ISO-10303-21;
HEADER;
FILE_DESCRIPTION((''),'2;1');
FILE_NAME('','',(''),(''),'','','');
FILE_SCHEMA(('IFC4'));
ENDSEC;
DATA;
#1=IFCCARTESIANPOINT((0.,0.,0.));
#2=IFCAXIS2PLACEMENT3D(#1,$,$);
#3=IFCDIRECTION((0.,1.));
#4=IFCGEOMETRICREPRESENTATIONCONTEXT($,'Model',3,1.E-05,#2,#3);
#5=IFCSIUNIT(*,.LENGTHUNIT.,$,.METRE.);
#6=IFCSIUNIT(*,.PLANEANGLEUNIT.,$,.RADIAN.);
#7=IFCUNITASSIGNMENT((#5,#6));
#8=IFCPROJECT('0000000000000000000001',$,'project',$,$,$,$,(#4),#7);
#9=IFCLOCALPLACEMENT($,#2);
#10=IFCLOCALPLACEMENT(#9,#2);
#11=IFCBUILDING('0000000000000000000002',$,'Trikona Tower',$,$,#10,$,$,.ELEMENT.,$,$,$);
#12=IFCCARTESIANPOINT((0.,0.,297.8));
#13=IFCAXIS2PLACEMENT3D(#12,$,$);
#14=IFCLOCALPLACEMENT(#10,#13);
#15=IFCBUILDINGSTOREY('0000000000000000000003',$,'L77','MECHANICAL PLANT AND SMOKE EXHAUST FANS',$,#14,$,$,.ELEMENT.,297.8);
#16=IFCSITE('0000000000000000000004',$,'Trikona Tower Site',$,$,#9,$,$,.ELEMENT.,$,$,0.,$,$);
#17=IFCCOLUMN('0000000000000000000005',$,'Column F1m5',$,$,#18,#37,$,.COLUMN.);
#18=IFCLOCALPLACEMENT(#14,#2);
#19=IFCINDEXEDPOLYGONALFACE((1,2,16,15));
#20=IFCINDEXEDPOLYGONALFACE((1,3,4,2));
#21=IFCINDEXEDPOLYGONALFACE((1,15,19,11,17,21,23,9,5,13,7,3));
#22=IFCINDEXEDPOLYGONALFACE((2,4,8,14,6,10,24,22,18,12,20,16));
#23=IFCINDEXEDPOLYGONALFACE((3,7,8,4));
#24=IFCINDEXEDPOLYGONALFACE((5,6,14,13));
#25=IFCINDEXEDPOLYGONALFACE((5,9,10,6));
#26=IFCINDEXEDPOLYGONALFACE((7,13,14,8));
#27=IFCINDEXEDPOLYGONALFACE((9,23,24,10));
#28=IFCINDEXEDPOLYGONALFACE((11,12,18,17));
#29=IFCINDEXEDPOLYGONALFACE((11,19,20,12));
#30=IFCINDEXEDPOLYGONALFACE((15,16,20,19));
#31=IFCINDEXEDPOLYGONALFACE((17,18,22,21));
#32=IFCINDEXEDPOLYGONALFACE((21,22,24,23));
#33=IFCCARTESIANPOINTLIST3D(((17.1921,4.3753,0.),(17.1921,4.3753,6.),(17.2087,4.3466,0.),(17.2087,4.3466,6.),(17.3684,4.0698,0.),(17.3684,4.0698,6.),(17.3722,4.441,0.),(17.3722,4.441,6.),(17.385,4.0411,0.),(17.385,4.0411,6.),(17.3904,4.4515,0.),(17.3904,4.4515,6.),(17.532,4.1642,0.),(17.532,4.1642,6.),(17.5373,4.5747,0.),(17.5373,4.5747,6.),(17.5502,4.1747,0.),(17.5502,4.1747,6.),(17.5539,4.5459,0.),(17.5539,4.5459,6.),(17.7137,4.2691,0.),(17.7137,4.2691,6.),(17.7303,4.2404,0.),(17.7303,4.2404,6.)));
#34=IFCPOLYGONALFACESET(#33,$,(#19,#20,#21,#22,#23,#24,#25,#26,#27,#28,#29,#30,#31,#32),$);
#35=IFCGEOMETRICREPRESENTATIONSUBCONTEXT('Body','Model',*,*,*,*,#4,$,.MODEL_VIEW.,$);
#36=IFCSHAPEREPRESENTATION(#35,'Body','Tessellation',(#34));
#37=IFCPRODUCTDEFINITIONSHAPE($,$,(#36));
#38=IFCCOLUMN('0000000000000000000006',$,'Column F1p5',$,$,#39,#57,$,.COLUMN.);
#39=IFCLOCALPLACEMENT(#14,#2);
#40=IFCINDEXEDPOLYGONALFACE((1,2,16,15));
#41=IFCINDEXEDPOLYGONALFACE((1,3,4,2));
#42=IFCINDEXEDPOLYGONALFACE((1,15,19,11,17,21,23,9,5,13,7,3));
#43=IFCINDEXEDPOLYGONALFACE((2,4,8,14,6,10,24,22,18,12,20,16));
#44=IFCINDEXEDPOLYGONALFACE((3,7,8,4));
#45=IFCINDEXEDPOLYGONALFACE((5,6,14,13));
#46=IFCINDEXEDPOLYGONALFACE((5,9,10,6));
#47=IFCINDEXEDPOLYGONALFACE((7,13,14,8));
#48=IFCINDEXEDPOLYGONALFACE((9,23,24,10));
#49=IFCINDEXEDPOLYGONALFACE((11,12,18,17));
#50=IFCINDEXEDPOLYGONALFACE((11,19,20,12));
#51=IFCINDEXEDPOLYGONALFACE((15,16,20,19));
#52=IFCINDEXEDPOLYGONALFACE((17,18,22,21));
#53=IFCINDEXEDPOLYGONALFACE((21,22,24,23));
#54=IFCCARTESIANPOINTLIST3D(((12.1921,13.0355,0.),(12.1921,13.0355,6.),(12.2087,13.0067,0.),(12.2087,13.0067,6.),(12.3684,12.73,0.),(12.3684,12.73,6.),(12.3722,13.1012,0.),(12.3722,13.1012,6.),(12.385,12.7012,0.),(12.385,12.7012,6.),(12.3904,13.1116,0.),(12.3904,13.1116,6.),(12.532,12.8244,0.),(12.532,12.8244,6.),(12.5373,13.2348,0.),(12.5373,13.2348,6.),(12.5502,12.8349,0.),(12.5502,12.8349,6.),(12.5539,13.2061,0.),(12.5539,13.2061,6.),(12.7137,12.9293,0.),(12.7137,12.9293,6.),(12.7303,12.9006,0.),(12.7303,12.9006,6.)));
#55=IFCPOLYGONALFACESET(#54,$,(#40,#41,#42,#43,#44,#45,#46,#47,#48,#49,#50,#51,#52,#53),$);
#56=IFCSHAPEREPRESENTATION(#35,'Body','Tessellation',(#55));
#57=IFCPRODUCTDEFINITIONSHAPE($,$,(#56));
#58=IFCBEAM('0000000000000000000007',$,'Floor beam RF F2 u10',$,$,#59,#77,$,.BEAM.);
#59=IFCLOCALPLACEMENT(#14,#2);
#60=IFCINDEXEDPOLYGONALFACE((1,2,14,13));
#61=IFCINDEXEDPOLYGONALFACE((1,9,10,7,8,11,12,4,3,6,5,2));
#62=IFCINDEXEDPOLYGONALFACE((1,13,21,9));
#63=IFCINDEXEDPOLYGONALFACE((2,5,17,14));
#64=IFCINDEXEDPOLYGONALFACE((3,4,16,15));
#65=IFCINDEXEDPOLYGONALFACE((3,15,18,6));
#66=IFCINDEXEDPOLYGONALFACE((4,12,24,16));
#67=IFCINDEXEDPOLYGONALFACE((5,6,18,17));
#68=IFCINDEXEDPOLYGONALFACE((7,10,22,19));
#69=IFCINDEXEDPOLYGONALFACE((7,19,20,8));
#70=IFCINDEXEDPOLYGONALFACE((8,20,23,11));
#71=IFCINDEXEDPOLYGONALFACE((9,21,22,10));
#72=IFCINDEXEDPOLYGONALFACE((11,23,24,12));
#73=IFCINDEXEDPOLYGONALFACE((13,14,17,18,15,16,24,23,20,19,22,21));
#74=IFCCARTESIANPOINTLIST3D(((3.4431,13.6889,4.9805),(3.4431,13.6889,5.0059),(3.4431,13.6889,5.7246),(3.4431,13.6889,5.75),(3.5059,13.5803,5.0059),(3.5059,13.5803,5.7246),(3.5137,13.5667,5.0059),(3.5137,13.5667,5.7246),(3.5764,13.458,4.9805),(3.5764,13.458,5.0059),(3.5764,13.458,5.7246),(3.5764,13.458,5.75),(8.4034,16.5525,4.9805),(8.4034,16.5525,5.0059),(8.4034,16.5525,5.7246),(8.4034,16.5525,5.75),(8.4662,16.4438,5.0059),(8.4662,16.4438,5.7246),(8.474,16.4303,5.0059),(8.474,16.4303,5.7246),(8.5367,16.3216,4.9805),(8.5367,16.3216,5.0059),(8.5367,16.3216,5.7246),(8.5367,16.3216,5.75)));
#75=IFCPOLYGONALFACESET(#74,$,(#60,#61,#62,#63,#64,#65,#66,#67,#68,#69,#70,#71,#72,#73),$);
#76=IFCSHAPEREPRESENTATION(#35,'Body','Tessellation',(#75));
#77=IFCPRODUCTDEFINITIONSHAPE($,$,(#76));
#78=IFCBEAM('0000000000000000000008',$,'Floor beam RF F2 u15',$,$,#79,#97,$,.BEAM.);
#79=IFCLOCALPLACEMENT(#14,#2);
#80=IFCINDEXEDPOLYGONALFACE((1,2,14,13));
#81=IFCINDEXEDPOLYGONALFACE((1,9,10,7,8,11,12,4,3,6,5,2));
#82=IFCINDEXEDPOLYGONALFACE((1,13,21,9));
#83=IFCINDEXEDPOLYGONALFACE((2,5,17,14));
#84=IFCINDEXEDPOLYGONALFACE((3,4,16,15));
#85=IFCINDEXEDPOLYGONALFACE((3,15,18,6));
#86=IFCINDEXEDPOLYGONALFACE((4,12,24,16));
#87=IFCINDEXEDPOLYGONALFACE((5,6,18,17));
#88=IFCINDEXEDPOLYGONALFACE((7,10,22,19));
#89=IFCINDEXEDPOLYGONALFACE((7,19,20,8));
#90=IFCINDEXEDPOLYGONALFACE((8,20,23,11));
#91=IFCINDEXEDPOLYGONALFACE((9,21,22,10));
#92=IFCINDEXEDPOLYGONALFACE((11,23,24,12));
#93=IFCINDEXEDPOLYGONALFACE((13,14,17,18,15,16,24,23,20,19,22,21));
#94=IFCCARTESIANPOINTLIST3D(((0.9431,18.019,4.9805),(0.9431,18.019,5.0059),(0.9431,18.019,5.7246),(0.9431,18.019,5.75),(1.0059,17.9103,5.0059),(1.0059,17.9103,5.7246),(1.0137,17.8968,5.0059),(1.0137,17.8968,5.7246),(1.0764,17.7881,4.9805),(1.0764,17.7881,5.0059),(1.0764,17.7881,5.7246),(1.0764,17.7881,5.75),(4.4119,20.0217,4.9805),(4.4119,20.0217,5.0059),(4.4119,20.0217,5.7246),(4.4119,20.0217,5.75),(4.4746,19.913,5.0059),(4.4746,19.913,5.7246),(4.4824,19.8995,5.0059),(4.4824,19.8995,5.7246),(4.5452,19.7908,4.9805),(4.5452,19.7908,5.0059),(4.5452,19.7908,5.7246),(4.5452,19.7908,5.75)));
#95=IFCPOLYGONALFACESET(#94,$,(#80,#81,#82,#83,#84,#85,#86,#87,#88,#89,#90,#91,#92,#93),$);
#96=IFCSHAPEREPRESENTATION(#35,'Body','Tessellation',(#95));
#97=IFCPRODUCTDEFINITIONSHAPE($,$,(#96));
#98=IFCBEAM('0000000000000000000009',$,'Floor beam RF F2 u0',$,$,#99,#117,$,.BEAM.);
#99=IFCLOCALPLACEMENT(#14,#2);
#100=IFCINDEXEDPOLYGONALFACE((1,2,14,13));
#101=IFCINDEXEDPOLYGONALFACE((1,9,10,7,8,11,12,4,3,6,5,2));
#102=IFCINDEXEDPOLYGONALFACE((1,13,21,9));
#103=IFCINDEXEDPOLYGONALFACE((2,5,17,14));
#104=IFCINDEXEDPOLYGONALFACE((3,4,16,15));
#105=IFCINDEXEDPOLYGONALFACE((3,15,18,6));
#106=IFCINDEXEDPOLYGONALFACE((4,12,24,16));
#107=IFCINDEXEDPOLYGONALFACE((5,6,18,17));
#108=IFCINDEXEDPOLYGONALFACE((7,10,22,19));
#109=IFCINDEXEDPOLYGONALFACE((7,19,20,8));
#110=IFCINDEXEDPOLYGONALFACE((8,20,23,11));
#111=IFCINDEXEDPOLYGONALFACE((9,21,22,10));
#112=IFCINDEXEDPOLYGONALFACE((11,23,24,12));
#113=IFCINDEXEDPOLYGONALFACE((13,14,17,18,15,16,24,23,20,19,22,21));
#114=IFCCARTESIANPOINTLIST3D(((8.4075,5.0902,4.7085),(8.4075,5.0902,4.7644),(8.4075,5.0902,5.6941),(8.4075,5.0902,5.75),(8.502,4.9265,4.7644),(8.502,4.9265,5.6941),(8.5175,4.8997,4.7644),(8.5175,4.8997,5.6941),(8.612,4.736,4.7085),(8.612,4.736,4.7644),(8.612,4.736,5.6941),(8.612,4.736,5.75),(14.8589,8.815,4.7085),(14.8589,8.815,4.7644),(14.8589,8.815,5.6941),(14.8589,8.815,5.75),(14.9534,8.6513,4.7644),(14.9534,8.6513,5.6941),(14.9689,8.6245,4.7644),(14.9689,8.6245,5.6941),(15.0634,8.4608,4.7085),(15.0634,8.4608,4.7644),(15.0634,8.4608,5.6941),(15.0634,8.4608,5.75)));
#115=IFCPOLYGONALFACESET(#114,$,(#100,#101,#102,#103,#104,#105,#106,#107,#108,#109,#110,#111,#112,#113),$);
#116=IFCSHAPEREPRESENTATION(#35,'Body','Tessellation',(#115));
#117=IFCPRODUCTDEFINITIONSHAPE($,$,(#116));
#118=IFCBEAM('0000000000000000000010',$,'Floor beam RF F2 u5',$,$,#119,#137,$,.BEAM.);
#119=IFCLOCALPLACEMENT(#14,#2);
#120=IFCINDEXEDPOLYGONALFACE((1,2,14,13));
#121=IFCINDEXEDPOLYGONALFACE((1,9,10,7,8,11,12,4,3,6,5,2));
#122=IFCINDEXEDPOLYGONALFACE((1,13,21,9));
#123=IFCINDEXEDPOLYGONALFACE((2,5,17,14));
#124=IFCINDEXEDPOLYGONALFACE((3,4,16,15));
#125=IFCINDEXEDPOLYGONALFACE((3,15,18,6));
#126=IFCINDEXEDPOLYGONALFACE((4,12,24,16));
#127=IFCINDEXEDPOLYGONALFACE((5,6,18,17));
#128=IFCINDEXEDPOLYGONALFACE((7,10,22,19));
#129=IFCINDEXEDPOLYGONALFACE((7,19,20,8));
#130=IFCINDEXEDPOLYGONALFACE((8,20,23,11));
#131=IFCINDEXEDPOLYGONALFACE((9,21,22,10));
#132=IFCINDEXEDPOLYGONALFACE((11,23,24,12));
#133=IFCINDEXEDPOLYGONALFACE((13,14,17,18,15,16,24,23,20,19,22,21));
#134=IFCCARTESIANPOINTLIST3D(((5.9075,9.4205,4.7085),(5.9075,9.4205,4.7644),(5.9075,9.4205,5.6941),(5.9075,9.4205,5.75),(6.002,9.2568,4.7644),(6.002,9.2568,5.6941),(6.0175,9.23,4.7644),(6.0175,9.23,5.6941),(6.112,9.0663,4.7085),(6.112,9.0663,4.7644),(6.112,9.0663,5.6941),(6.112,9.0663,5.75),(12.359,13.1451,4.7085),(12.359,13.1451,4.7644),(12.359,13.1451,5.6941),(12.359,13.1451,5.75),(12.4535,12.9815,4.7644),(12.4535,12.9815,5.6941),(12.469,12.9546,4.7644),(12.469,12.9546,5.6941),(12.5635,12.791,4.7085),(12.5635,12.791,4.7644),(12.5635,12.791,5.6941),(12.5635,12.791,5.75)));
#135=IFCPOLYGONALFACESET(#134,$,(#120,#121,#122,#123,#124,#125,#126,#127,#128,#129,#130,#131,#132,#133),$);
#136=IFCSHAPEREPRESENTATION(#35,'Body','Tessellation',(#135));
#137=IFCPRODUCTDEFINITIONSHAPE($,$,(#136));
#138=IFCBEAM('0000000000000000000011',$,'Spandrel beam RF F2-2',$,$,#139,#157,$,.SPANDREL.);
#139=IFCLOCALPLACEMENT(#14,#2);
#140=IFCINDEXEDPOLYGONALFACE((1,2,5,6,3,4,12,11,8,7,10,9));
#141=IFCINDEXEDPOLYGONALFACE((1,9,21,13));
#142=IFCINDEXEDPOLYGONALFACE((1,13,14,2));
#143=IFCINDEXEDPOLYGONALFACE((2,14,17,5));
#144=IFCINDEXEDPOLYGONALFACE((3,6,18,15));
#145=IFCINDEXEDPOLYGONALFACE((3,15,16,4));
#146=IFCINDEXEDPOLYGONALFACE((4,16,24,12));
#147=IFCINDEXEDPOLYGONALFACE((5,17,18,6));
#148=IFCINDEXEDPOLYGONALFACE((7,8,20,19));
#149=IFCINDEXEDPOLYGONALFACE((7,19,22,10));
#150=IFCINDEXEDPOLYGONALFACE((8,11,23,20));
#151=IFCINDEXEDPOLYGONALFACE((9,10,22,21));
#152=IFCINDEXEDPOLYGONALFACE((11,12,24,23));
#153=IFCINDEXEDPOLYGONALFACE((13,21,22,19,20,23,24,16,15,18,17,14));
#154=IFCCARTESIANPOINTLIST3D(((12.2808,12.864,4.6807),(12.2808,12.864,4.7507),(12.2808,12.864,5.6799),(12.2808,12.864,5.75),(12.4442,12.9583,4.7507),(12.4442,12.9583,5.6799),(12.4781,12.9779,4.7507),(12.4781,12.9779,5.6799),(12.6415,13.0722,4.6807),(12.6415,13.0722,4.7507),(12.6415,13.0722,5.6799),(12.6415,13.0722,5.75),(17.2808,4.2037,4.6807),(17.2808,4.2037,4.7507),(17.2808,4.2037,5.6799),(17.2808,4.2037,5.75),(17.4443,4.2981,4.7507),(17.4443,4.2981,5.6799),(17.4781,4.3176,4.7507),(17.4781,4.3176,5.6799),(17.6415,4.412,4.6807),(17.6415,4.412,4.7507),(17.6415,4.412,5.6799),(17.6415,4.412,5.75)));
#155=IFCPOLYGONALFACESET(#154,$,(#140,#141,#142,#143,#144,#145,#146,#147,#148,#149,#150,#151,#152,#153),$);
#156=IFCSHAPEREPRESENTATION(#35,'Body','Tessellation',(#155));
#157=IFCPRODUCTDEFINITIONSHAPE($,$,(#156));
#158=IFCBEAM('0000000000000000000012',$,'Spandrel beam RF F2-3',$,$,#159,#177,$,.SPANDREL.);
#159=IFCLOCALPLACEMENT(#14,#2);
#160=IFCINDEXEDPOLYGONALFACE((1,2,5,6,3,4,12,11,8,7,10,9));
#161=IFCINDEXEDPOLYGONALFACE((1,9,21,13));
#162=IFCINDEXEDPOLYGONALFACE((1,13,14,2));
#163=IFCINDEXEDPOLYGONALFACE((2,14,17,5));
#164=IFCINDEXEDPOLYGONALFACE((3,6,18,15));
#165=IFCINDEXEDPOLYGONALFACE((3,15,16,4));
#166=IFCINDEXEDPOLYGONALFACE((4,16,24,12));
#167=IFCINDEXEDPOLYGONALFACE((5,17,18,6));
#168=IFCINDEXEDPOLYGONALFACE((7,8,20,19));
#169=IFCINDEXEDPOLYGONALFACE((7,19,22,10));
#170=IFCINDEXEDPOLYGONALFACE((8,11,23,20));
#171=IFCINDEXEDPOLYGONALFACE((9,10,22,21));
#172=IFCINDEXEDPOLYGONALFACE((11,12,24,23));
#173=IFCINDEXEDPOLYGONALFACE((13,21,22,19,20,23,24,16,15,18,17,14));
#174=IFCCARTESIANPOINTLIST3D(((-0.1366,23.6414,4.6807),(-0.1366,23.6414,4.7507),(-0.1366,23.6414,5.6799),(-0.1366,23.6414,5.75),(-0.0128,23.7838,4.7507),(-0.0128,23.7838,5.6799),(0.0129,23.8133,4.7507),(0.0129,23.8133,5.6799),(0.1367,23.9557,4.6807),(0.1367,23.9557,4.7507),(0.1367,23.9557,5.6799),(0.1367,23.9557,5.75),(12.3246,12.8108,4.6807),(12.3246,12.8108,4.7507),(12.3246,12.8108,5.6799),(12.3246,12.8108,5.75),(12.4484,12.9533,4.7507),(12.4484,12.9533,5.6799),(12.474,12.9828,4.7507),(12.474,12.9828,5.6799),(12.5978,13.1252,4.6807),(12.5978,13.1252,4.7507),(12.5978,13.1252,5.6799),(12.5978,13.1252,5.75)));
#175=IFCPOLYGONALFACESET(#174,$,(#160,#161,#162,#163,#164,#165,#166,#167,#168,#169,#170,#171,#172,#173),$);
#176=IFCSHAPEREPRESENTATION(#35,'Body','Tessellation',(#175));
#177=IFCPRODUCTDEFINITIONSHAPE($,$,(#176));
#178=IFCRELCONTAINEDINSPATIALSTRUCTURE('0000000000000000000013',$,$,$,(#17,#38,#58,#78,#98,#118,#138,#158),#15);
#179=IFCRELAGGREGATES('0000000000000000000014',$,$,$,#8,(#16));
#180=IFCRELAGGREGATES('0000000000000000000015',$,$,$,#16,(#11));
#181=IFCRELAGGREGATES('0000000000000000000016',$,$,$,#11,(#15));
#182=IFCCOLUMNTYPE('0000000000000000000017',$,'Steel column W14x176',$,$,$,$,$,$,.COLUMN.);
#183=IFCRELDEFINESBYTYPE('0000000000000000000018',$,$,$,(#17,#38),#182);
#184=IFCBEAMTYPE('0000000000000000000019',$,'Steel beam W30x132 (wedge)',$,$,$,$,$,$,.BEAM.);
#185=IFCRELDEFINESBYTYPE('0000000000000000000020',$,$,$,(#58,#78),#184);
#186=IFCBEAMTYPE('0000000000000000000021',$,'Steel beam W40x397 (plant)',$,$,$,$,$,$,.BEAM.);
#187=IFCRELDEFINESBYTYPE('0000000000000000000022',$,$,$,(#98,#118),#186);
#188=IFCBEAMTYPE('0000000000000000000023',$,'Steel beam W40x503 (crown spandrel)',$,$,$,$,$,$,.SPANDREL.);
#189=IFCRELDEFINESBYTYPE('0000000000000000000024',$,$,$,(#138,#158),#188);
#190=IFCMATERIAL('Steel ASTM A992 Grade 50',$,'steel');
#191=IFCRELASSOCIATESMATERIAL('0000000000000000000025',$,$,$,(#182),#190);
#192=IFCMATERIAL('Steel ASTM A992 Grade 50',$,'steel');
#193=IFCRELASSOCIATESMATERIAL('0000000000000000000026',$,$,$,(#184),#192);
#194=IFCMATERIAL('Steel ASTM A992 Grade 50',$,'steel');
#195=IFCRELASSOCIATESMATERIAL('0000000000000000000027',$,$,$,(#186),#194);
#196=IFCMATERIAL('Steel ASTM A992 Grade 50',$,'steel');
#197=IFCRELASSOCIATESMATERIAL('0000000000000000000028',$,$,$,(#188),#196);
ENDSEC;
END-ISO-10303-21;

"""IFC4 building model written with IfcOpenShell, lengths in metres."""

from ifc_helpers import new_model, si_unit, direction, frame, origin, origin_2d, place, context, subcontext, project, spatial, i_section, extrude, material, material_profile, profile_set, type_object, element, save


model = new_model("IFC4")

# Units and contexts
model_context = context("Model", 3, precision=1e-05, world=origin(), true_north=direction((0.0, 1.0)))
body_context = subcontext(model_context, "Body", "Model", "MODEL_VIEW")
ifc_project = project(units=[si_unit("LENGTHUNIT", "METRE"), si_unit("PLANEANGLEUNIT", "RADIAN")], contexts=[model_context])

# Site, building, storey
site_placement = place(None, origin())
site = spatial("IfcSite", under=ifc_project, at=site_placement, Name="Trikona Tower Site", CompositionType="ELEMENT", RefElevation=0.0)
building_placement = place(site_placement, origin())
building = spatial("IfcBuilding", under=site, at=building_placement, Name="Trikona Tower", CompositionType="ELEMENT")
storey_placement = place(building_placement, frame((0.0, 0.0, 297.8)))
storey = spatial("IfcBuildingStorey", under=building, at=storey_placement, Name="L77", Description="MECHANICAL PLANT AND SMOKE EXHAUST FANS", CompositionType="ELEMENT", Elevation=297.8)

# Columns
ifc_material_1 = material(Name="Steel ASTM A992 Grade 50", Category="steel")
ifc_material_profile_1 = material_profile(ifc_material_1, i_section(OverallWidth=0.3987, OverallDepth=0.386, WebThickness=0.021, FlangeThickness=0.0332, at=origin_2d()), Name="W14X176")
ifc_profile_set_1 = profile_set([ifc_material_profile_1], Name="Steel ASTM A992 Grade 50")
column_type = type_object("IfcColumnType", Name="Steel column W14x176", PredefinedType="COLUMN", material=ifc_profile_set_1)
for number, where, z_axis, x_axis, name in (
    (1, (17.4612, 4.3079, 0.0), (0.0, 0.0, 1.0), (0.866025, 0.5, 0.0), "Column F1m5"),
    (2, (12.4612, 12.968, 0.0), (0.0, 0.0, 1.0), (0.866025, 0.5, 0.0), "Column F1p5"),
):
    element("IfcColumn", number, at=place(storey_placement, frame(where, z_axis=z_axis, x_axis=x_axis)), inside=storey, type_object=column_type, Name=name, PredefinedType="COLUMN", context=body_context, shape_type="SweptSolid", body=[
        extrude(i_section(OverallWidth=0.3987, OverallDepth=0.386, WebThickness=0.021, FlangeThickness=0.0332, at=origin_2d()), origin(), (0.0, 0.0, 1.0), 6.0),
    ])

# Beams
ifc_material_2 = material(Name="Steel ASTM A992 Grade 50", Category="steel")
ifc_material_profile_2 = material_profile(ifc_material_2, i_section(OverallWidth=0.2666, OverallDepth=0.7695, WebThickness=0.0156, FlangeThickness=0.0254, at=origin_2d()), Name="W30X132")
ifc_profile_set_2 = profile_set([ifc_material_profile_2], Name="Steel ASTM A992 Grade 50")
beam_type_1 = type_object("IfcBeamType", Name="Steel beam W30x132 (wedge)", PredefinedType="BEAM", material=ifc_profile_set_2)
beam_1_placement = place(storey_placement, frame((3.5098, 13.5735, 5.3652), z_axis=(0.866044, 0.499967, 0.0), x_axis=(-0.499967, 0.866044, 0.0)))
element("IfcBeam", 3, at=beam_1_placement, inside=storey, type_object=beam_type_1, Name="Floor beam RF F2 u10", PredefinedType="BEAM", context=body_context, shape_type="SweptSolid", body=[
    extrude(i_section(OverallWidth=0.2666, OverallDepth=0.7695, WebThickness=0.0156, FlangeThickness=0.0254, at=origin_2d()), origin(), (0.0, 0.0, 1.0), 5.7275),
])
beam_2_placement = place(storey_placement, frame((1.0098, 17.9036, 5.3652), z_axis=(0.866025, 0.5, 0.0), x_axis=(-0.5, 0.866025, 0.0)))
element("IfcBeam", 4, at=beam_2_placement, inside=storey, type_object=beam_type_1, Name="Floor beam RF F2 u15", PredefinedType="BEAM", context=body_context, shape_type="SweptSolid", body=[
    extrude(i_section(OverallWidth=0.2666, OverallDepth=0.7695, WebThickness=0.0156, FlangeThickness=0.0254, at=origin_2d()), origin(), (0.0, 0.0, 1.0), 4.0054),
])
ifc_material_3 = material(Name="Steel ASTM A992 Grade 50", Category="steel")
ifc_material_profile_3 = material_profile(ifc_material_3, i_section(OverallWidth=0.4089, OverallDepth=1.0415, WebThickness=0.031, FlangeThickness=0.0559, at=origin_2d()), Name="W40X397")
ifc_profile_set_3 = profile_set([ifc_material_profile_3], Name="Steel ASTM A992 Grade 50")
beam_type_2 = type_object("IfcBeamType", Name="Steel beam W40x397 (plant)", PredefinedType="BEAM", material=ifc_profile_set_3)
for number, where, z_axis, x_axis, name in (
    (5, (8.5098, 4.9131, 5.2292), (0.866018, 0.500013, 0.0), (-0.500013, 0.866018, 0.0), "Floor beam RF F2 u0"),
    (6, (6.0098, 9.2434, 5.2292), (0.866032, 0.499988, 0.0), (-0.499988, 0.866032, 0.0), "Floor beam RF F2 u5"),
):
    element("IfcBeam", number, at=place(storey_placement, frame(where, z_axis=z_axis, x_axis=x_axis)), inside=storey, type_object=beam_type_2, Name=name, PredefinedType="BEAM", context=body_context, shape_type="SweptSolid", body=[
        extrude(i_section(OverallWidth=0.4089, OverallDepth=1.0415, WebThickness=0.031, FlangeThickness=0.0559, at=origin_2d()), origin(), (0.0, 0.0, 1.0), 7.4495),
    ])
ifc_material_4 = material(Name="Steel ASTM A992 Grade 50", Category="steel")
ifc_material_profile_4 = material_profile(ifc_material_4, i_section(OverallWidth=0.4165, OverallDepth=1.0693, WebThickness=0.0391, FlangeThickness=0.0701, at=origin_2d()), Name="W40X503")
ifc_profile_set_4 = profile_set([ifc_material_profile_4], Name="Steel ASTM A992 Grade 50")
beam_type_3 = type_object("IfcBeamType", Name="Steel beam W40x503 (crown spandrel)", PredefinedType="SPANDREL", material=ifc_profile_set_4)
beam_3_placement = place(storey_placement, frame((17.4612, 4.3079, 5.2153), z_axis=(-0.500004, 0.866023, 0.0), x_axis=(-0.866023, -0.500004, 0.0)))
element("IfcBeam", 7, at=beam_3_placement, inside=storey, type_object=beam_type_3, Name="Spandrel beam RF F2-2", PredefinedType="SPANDREL", context=body_context, shape_type="SweptSolid", body=[
    extrude(i_section(OverallWidth=0.4165, OverallDepth=1.0693, WebThickness=0.0391, FlangeThickness=0.0701, at=origin_2d()), origin(), (0.0, 0.0, 1.0), 10.0),
])
for number, where, z_axis, x_axis, name in (
    (8, (12.4612, 12.968, 5.2153), (-0.754763, 0.655998, 0.0), (-0.655998, -0.754763, 0.0), "Spandrel beam RF F2-3"),
):
    element("IfcBeam", number, at=place(storey_placement, frame(where, z_axis=z_axis, x_axis=x_axis)), inside=storey, type_object=beam_type_3, Name=name, PredefinedType="SPANDREL", context=body_context, shape_type="SweptSolid", body=[
        extrude(i_section(OverallWidth=0.4165, OverallDepth=1.0693, WebThickness=0.0391, FlangeThickness=0.0701, at=origin_2d()), origin(), (0.0, 0.0, 1.0), 16.51),
    ])

save(model, "model.ifc")
